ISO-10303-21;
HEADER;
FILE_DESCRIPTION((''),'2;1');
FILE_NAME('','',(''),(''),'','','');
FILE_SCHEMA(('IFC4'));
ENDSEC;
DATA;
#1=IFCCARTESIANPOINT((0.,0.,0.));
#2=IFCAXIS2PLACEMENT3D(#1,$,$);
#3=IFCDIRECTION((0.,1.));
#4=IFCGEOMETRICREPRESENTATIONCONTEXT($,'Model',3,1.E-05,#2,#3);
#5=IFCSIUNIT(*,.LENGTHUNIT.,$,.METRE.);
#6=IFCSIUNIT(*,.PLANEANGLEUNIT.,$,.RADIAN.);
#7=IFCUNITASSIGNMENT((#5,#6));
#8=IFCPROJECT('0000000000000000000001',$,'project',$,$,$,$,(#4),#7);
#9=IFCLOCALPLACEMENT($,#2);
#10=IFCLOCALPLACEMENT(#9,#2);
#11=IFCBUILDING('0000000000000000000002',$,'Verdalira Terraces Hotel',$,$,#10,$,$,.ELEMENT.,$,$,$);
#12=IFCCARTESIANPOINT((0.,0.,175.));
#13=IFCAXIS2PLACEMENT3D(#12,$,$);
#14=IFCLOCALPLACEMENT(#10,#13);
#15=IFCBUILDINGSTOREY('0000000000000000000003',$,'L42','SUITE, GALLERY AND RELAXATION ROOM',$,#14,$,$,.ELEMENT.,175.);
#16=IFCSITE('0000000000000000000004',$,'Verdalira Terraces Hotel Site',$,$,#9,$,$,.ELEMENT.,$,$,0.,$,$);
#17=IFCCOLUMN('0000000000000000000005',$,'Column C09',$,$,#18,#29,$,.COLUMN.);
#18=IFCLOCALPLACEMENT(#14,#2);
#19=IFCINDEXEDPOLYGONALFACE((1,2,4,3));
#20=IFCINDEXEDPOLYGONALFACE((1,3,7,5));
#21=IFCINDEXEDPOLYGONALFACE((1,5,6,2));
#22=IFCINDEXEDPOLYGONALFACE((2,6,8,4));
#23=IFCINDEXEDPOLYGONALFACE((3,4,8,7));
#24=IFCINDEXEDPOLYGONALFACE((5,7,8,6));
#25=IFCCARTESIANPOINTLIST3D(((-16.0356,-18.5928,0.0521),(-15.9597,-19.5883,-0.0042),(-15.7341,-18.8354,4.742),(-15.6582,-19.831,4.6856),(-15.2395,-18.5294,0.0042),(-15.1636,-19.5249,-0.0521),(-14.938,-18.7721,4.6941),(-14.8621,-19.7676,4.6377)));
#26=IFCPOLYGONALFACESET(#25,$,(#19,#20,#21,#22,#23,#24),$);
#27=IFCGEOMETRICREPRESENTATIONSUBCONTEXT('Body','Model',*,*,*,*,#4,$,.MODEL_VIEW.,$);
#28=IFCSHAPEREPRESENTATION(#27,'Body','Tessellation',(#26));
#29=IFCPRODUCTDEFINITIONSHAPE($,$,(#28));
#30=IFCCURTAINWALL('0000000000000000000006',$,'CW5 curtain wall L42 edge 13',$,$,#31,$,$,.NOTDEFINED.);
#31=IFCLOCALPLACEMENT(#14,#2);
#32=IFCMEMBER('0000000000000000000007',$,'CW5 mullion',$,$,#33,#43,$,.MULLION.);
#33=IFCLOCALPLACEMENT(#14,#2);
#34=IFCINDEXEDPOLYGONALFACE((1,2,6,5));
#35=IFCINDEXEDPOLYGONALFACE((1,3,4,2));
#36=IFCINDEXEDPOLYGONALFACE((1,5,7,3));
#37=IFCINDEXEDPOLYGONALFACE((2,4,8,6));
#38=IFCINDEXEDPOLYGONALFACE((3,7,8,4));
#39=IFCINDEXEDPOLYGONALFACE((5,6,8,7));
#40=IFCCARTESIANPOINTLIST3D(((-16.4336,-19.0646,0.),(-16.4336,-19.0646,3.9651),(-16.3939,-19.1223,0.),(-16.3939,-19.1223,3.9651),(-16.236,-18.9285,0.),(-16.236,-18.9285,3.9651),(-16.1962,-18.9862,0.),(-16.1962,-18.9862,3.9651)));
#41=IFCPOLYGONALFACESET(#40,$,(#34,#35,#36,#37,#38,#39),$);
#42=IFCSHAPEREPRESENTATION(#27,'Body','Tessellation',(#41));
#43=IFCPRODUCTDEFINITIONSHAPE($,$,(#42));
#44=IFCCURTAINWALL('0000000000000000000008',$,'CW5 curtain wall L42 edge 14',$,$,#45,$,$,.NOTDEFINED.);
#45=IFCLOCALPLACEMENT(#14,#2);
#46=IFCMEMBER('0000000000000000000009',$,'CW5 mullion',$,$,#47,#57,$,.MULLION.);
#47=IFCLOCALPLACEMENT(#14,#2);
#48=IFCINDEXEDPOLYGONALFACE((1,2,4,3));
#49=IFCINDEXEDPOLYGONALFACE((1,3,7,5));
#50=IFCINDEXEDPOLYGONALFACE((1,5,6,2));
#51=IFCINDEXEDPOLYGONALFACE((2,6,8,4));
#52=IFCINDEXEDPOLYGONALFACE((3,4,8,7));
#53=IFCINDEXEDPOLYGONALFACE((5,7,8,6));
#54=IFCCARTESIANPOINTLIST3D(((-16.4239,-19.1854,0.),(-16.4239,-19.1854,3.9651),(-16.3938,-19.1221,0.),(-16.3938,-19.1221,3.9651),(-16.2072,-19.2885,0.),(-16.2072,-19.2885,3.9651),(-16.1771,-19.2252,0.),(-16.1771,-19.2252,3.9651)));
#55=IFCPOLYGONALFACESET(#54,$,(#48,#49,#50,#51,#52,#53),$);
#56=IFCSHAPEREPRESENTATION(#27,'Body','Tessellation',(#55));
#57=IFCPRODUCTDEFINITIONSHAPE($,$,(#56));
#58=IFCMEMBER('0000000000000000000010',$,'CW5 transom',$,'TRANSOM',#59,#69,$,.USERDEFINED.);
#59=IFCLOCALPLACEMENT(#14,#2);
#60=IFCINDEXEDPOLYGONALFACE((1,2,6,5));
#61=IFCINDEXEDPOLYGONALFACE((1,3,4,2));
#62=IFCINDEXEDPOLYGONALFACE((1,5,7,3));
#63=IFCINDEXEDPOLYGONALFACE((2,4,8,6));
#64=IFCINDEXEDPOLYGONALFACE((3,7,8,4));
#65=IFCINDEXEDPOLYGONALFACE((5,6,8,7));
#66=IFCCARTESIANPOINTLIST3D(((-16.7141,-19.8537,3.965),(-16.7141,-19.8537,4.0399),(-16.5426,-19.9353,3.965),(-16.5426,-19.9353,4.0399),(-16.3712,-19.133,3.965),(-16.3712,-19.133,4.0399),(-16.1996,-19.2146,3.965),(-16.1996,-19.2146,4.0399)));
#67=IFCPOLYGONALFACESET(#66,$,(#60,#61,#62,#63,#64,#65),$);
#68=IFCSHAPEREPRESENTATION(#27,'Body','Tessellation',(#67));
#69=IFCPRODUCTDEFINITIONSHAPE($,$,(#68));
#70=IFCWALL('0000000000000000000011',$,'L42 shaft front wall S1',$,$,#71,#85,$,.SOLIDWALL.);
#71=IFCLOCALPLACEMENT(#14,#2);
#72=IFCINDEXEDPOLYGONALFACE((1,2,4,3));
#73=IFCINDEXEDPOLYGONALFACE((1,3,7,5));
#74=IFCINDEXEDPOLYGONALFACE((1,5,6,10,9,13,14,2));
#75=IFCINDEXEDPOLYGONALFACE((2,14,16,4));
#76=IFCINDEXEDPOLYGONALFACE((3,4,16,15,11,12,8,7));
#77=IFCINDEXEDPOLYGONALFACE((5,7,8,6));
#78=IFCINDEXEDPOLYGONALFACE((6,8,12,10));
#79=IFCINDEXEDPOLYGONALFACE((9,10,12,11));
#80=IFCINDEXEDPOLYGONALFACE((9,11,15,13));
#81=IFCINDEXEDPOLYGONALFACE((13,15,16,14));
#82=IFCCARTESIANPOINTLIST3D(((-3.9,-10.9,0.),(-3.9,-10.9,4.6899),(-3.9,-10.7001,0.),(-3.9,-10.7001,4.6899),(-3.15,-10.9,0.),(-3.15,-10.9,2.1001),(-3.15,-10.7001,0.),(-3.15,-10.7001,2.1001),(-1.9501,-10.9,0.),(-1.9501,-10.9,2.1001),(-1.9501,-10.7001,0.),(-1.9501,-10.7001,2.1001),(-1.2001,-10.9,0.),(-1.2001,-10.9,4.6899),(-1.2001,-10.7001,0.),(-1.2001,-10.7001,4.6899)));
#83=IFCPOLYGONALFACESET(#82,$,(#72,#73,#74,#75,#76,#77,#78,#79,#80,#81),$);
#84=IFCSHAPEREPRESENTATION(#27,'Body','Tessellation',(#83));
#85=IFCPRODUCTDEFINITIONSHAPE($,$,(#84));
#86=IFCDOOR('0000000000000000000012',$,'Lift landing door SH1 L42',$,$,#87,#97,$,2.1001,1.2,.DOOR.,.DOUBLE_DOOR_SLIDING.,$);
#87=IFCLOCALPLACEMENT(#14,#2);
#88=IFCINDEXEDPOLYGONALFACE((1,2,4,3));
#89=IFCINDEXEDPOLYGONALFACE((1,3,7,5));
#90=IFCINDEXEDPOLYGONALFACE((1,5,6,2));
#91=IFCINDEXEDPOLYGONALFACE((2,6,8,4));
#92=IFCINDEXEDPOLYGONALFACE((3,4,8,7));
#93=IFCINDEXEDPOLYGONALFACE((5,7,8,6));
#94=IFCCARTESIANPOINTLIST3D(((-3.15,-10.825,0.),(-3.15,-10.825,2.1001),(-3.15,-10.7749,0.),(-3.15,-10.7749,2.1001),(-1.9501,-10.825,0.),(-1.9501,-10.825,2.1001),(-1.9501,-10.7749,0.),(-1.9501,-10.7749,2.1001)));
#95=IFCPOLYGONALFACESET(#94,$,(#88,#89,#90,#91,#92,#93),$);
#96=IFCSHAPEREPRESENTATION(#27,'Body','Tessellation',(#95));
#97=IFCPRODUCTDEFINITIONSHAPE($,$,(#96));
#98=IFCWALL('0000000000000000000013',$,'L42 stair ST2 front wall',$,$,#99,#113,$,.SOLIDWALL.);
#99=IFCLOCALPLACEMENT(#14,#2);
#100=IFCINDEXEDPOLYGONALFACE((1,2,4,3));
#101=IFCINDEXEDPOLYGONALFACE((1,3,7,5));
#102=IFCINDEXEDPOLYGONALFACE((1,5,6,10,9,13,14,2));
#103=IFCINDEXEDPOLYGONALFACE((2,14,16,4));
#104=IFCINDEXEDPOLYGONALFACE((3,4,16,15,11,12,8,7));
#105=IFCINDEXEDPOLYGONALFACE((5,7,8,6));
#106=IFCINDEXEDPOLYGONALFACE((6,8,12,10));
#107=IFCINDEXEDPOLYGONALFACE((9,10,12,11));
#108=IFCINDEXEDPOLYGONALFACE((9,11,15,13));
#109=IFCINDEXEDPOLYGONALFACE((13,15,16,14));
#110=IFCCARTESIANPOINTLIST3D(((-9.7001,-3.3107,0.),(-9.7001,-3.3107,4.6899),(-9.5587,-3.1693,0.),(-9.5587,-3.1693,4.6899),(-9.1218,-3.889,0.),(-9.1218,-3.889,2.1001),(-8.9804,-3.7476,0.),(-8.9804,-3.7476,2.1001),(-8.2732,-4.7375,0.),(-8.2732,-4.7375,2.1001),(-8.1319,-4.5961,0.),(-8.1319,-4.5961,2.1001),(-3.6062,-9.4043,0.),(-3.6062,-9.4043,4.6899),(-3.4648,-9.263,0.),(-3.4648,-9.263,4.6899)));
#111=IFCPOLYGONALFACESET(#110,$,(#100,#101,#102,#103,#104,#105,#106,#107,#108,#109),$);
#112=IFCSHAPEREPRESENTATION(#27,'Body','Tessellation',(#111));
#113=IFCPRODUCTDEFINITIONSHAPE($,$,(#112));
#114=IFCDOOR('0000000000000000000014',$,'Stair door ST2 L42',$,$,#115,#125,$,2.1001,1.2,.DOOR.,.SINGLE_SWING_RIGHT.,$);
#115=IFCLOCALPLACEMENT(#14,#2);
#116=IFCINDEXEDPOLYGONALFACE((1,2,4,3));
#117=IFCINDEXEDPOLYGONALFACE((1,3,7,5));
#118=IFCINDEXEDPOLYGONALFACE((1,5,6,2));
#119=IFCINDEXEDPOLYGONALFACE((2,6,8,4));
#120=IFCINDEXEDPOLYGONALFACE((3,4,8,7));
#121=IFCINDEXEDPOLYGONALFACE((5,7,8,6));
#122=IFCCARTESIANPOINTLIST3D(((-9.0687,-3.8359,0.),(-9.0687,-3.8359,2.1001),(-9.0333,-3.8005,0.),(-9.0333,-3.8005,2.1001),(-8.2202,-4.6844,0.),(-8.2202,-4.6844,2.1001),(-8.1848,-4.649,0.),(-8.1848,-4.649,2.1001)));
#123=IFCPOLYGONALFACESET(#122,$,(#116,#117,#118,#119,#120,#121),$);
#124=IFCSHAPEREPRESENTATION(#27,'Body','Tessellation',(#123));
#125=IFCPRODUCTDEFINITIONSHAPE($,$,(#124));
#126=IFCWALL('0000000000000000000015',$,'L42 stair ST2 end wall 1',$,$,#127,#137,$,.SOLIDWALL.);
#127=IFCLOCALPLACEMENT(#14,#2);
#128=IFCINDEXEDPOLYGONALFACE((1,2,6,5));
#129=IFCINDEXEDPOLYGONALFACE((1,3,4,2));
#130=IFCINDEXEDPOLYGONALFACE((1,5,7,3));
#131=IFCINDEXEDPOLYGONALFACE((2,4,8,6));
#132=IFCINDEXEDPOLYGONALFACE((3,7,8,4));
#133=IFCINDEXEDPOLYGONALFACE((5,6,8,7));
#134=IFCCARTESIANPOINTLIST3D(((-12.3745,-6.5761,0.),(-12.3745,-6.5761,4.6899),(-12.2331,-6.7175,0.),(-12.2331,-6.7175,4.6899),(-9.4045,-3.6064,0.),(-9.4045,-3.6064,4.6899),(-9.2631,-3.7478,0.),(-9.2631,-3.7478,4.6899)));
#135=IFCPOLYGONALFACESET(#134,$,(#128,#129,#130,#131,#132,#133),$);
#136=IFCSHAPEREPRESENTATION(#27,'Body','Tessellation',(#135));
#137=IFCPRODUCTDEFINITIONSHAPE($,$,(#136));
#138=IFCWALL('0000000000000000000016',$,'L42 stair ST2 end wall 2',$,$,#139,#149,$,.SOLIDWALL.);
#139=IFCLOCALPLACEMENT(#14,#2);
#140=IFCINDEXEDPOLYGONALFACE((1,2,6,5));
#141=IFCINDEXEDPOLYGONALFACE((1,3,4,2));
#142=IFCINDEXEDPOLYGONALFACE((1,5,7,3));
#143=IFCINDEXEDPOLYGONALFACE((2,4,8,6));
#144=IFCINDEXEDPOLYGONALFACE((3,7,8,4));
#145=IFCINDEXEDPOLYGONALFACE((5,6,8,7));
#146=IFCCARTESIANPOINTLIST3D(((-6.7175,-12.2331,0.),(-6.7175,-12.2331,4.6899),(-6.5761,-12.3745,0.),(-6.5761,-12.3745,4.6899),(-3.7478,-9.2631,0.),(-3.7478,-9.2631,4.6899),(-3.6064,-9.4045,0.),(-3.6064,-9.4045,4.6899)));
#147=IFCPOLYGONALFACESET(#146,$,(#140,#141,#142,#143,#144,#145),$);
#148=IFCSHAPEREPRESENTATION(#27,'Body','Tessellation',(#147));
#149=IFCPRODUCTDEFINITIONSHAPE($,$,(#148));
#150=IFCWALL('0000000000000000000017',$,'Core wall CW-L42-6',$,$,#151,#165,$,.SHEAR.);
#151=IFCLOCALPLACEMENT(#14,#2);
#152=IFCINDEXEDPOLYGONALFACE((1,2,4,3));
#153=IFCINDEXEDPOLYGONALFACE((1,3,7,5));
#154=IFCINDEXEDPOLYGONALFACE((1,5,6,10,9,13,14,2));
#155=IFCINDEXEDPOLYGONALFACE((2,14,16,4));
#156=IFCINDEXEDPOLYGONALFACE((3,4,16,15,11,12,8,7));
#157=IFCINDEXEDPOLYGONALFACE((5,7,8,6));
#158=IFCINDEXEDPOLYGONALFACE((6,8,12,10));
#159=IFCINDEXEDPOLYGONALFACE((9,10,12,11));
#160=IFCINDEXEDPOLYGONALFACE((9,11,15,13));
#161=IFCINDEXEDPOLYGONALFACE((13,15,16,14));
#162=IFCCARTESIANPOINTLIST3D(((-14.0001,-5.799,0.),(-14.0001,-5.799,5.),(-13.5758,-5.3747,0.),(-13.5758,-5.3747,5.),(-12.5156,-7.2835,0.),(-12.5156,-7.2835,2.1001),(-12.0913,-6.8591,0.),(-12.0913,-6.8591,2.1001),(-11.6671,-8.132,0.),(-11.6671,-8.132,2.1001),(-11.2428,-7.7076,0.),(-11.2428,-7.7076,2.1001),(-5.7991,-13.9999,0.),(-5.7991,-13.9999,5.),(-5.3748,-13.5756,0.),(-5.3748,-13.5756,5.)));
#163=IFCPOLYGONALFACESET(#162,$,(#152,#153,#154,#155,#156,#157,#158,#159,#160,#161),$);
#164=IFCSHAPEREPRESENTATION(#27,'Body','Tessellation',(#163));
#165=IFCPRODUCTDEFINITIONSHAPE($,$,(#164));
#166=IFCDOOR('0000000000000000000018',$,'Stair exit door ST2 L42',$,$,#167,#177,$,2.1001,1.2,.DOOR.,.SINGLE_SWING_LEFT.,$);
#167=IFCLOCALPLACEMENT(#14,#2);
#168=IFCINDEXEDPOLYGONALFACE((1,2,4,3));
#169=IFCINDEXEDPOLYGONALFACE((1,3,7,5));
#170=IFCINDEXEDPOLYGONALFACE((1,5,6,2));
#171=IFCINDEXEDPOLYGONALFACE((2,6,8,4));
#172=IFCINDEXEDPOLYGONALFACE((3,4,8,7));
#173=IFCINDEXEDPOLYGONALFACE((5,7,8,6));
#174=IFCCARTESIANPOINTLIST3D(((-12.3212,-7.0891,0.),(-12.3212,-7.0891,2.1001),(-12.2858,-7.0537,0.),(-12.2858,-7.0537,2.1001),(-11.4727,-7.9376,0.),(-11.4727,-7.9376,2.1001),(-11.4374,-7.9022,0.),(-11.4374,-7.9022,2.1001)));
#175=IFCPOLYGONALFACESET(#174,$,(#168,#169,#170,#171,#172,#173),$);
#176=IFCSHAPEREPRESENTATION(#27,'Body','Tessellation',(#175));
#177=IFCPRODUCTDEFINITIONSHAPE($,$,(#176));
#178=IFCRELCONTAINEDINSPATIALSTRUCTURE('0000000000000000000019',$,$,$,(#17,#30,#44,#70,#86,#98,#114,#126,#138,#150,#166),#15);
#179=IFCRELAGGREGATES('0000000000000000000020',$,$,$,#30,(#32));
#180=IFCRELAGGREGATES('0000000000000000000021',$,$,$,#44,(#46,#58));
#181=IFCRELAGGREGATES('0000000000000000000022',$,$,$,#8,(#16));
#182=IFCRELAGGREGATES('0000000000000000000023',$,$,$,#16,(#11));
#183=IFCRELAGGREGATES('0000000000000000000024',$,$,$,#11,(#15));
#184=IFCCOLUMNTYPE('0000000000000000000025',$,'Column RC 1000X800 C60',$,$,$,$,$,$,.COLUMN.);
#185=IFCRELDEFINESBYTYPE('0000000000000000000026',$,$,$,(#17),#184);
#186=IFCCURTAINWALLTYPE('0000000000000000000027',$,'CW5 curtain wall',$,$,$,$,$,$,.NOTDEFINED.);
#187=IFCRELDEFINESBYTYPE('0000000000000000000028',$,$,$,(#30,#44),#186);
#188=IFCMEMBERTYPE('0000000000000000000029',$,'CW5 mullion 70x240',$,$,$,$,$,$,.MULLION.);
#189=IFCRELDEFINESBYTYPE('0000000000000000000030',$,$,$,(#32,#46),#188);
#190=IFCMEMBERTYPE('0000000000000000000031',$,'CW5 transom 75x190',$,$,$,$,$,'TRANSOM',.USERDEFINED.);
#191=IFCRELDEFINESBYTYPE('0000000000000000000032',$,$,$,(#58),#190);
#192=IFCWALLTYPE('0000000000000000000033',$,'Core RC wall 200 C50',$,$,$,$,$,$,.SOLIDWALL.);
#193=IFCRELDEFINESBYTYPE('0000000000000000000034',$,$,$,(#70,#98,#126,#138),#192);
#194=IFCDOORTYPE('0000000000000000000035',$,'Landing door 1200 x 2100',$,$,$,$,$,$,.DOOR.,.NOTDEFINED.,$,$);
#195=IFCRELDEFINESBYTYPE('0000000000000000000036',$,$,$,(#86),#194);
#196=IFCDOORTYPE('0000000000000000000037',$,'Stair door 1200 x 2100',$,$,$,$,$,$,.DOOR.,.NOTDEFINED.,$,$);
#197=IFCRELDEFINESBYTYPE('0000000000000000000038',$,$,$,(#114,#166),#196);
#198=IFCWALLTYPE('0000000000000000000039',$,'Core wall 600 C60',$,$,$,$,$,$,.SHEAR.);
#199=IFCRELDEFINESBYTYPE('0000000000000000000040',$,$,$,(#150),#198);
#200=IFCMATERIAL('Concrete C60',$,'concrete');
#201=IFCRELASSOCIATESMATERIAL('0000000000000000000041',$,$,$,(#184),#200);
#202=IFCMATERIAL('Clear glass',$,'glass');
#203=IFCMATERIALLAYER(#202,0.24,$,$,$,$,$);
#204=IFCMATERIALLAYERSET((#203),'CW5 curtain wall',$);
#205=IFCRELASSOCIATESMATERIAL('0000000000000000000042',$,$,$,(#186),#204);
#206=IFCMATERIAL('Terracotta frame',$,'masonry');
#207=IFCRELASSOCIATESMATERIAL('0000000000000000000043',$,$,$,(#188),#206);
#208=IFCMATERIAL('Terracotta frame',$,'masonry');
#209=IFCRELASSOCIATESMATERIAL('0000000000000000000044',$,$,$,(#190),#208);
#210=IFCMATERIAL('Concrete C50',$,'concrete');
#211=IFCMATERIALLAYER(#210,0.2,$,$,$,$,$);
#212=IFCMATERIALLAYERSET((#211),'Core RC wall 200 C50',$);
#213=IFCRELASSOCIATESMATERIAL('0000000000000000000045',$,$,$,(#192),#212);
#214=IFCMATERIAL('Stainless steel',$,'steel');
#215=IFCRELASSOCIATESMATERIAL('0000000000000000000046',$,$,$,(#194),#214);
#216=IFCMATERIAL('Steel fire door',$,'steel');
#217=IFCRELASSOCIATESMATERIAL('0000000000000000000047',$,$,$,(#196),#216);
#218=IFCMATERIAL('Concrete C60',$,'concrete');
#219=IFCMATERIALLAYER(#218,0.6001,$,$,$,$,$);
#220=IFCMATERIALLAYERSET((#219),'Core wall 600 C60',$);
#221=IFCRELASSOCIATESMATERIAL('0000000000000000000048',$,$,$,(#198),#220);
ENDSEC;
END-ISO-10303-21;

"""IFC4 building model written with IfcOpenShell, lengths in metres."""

from ifc_helpers import new_model, si_unit, direction, frame, frame_2d, origin, origin_2d, place, context, subcontext, project, spatial, rectangle, extrude, material, layer, layer_set, material_profile, profile_set, type_object, element, fill, aggregate, save


model = new_model("IFC4")

# Units and contexts
model_context = context("Model", 3, precision=1e-05, world=origin(), true_north=direction((0.0, 1.0)))
body_context = subcontext(model_context, "Body", "Model", "MODEL_VIEW")
ifc_project = project(units=[si_unit("LENGTHUNIT", "METRE"), si_unit("PLANEANGLEUNIT", "RADIAN")], contexts=[model_context])

# Site, building, storey
site_placement = place(None, origin())
site = spatial("IfcSite", under=ifc_project, at=site_placement, Name="Verdalira Terraces Hotel Site", CompositionType="ELEMENT", RefElevation=0.0)
building_placement = place(site_placement, origin())
building = spatial("IfcBuilding", under=site, at=building_placement, Name="Verdalira Terraces Hotel", CompositionType="ELEMENT")
storey_placement = place(building_placement, frame((0.0, 0.0, 175.0)))
storey = spatial("IfcBuildingStorey", under=building, at=storey_placement, Name="L42", Description="SUITE, GALLERY AND RELAXATION ROOM", CompositionType="ELEMENT", Elevation=175.0)

# Column
ifc_material_1 = material(Name="Concrete C60", Category="concrete")
ifc_material_profile_1 = material_profile(ifc_material_1, rectangle(XDim=1.0, YDim=0.8, at=origin_2d()), Name="RC 1000X800")
ifc_profile_set_1 = profile_set([ifc_material_profile_1], Name="Concrete C60")
column_type = type_object("IfcColumnType", Name="Column RC 1000X800 C60", PredefinedType="COLUMN", material=ifc_profile_set_1)
column_placement = place(storey_placement, frame((-15.5996, -19.0588, 0.0), z_axis=(0.064072, -0.051569, 0.996612), x_axis=(-0.07585, 0.995524, 0.056389)))
element("IfcColumn", 1, at=column_placement, inside=storey, type_object=column_type, Name="Column C09", PredefinedType="COLUMN", context=body_context, shape_type="SweptSolid", body=[
    extrude(rectangle(XDim=1.0, YDim=0.8, at=origin_2d()), origin(), (0.0, 0.0, 1.0), 4.7058),
])

# Curtain wall, member
ifc_material_2 = material(Name="Clear glass", Category="glass")
ifc_layer_1 = layer(ifc_material_2, 0.24)
ifc_layer_set_1 = layer_set([ifc_layer_1], Name="CW5 curtain wall")
curtain_wall_type = type_object("IfcCurtainWallType", Name="CW5 curtain wall", PredefinedType="NOTDEFINED", material=ifc_layer_set_1)
curtain_wall_1_placement = place(storey_placement, origin())
curtain_wall_1 = element("IfcCurtainWall", 2, at=curtain_wall_1_placement, inside=storey, type_object=curtain_wall_type, Name="CW5 curtain wall L42 edge 13", PredefinedType="NOTDEFINED")
ifc_material_3 = material(Name="Terracotta frame", Category="masonry")
ifc_material_profile_2 = material_profile(ifc_material_3, rectangle(XDim=0.0701, YDim=0.24, at=origin_2d()), Name="MU 70x240")
ifc_profile_set_2 = profile_set([ifc_material_profile_2], Name="Terracotta frame")
member_type_1 = type_object("IfcMemberType", Name="CW5 mullion 70x240", PredefinedType="MULLION", material=ifc_profile_set_2)
member_1_placement = place(storey_placement, frame((-16.3149, -19.0254, 0.0), z_axis=(0.0, 0.0, 1.0), x_axis=(0.567269, -0.823533, 0.0)))
member_1 = element("IfcMember", 3, at=member_1_placement, type_object=member_type_1, Name="CW5 mullion", PredefinedType="MULLION", context=body_context, shape_type="SweptSolid", body=[
    extrude(rectangle(XDim=0.0701, YDim=0.24, at=origin_2d()), origin(), (0.0, 0.0, 1.0), 3.9651),
])
aggregate(curtain_wall_1, [member_1])

# Curtain wall, members
curtain_wall_2_placement = place(storey_placement, origin())
curtain_wall_2 = element("IfcCurtainWall", 4, at=curtain_wall_2_placement, inside=storey, type_object=curtain_wall_type, Name="CW5 curtain wall L42 edge 14", PredefinedType="NOTDEFINED")
member_2_placement = place(storey_placement, frame((-16.3005, -19.2053, 0.0), z_axis=(0.0, 0.0, 1.0), x_axis=(-0.429566, -0.903036, 0.0)))
member_2 = element("IfcMember", 5, at=member_2_placement, type_object=member_type_1, Name="CW5 mullion", PredefinedType="MULLION", context=body_context, shape_type="SweptSolid", body=[
    extrude(rectangle(XDim=0.0701, YDim=0.24, at=origin_2d()), origin(), (0.0, 0.0, 1.0), 3.9651),
])
ifc_material_4 = material(Name="Terracotta frame", Category="masonry")
ifc_material_profile_3 = material_profile(ifc_material_4, rectangle(XDim=0.1899, YDim=0.075, at=origin_2d()), Name="TR 75x190")
ifc_profile_set_3 = profile_set([ifc_material_profile_3], Name="Terracotta frame")
member_type_2 = type_object("IfcMemberType", Name="CW5 transom 75x190", ElementType="TRANSOM", PredefinedType="USERDEFINED", material=ifc_profile_set_3)
member_3_placement = place(storey_placement, frame((-16.2854, -19.1738, 4.0024), z_axis=(-0.429755, -0.902945, 0.0), x_axis=(0.902945, -0.429755, 0.0)))
member_3 = element("IfcMember", 6, at=member_3_placement, type_object=member_type_2, Name="CW5 transom", ObjectType="TRANSOM", PredefinedType="USERDEFINED", context=body_context, shape_type="SweptSolid", body=[
    extrude(rectangle(XDim=0.1899, YDim=0.075, at=origin_2d()), origin(), (0.0, 0.0, 1.0), 0.7981),
])
aggregate(curtain_wall_2, [member_2, member_3])

# Walls, openings, doors
ifc_material_5 = material(Name="Concrete C50", Category="concrete")
ifc_layer_2 = layer(ifc_material_5, 0.2)
ifc_layer_set_2 = layer_set([ifc_layer_2], Name="Core RC wall 200 C50")
wall_type_1 = type_object("IfcWallType", Name="Core RC wall 200 C50", PredefinedType="SOLIDWALL", material=ifc_layer_set_2)
wall_1_placement = place(storey_placement, frame((-1.2, -10.8, 0.0), z_axis=(0.0, 0.0, 1.0), x_axis=(-1.0, 0.0, 0.0)))
wall_1 = element("IfcWall", 7, at=wall_1_placement, inside=storey, type_object=wall_type_1, Name="L42 shaft front wall S1", PredefinedType="SOLIDWALL", context=body_context, shape_type="SweptSolid", body=[
    extrude(rectangle(XDim=2.7, YDim=0.2, at=frame_2d((1.3501, 0.0))), origin(), (0.0, 0.0, 1.0), 4.6899),
])
opening_1_placement = place(wall_1_placement, frame((0.75, 0.0, 0.0)))
opening_1 = element("IfcOpeningElement", 8, at=opening_1_placement, cuts=wall_1, PredefinedType="OPENING", context=body_context, shape_type="SweptSolid", body=[
    extrude(rectangle(XDim=1.2, YDim=2.1001, at=frame_2d((0.6001, 1.05))), frame((0.0, 0.1099, 0.0), z_axis=(0.0, -1.0, 0.0), x_axis=(1.0, 0.0, 0.0)), (0.0, 0.0, 1.0), 0.22),
])
ifc_material_6 = material(Name="Stainless steel", Category="steel")
door_type_1 = type_object("IfcDoorType", Name="Landing door 1200 x 2100", OperationType="NOTDEFINED", PredefinedType="DOOR", material=ifc_material_6)
door_1_placement = place(opening_1_placement, origin())
door_1 = element("IfcDoor", 9, at=door_1_placement, inside=storey, type_object=door_type_1, Name="Lift landing door SH1 L42", OperationType="DOUBLE_DOOR_SLIDING", OverallHeight=2.1001, OverallWidth=1.2, PredefinedType="DOOR", context=body_context, shape_type="SweptSolid", body=[
    extrude(rectangle(XDim=1.2, YDim=2.1001, at=frame_2d((0.6001, 1.05))), frame((0.0, 0.0249, 0.0), z_axis=(0.0, -1.0, 0.0), x_axis=(1.0, 0.0, 0.0)), (0.0, 0.0, 1.0), 0.05),
])
fill(opening_1, door_1)
wall_2_placement = place(storey_placement, frame((-3.5354, -9.3337, 0.0), z_axis=(0.0, 0.0, 1.0), x_axis=(-0.707121, 0.707093, 0.0)))
wall_2 = element("IfcWall", 10, at=wall_2_placement, inside=storey, type_object=wall_type_1, Name="L42 stair ST2 front wall", PredefinedType="SOLIDWALL", context=body_context, shape_type="SweptSolid", body=[
    extrude(rectangle(XDim=8.6179, YDim=0.2, at=frame_2d((4.3091, 0.0))), origin(), (0.0, 0.0, 1.0), 4.6899),
])
opening_2_placement = place(wall_2_placement, frame((6.6001, 0.0, 0.0)))
opening_2 = element("IfcOpeningElement", 11, at=opening_2_placement, cuts=wall_2, PredefinedType="OPENING", context=body_context, shape_type="SweptSolid", body=[
    extrude(rectangle(XDim=1.2, YDim=2.1001, at=frame_2d((0.6001, 1.05))), frame((0.0, 0.1099, 0.0), z_axis=(0.0, -1.0, 0.0), x_axis=(1.0, 0.0, 0.0)), (0.0, 0.0, 1.0), 0.22),
])
ifc_material_7 = material(Name="Steel fire door", Category="steel")
door_type_2 = type_object("IfcDoorType", Name="Stair door 1200 x 2100", OperationType="NOTDEFINED", PredefinedType="DOOR", material=ifc_material_7)
door_2_placement = place(opening_2_placement, origin())
door_2 = element("IfcDoor", 12, at=door_2_placement, inside=storey, type_object=door_type_2, Name="Stair door ST2 L42", OperationType="SINGLE_SWING_RIGHT", OverallHeight=2.1001, OverallWidth=1.2, PredefinedType="DOOR", context=body_context, shape_type="SweptSolid", body=[
    extrude(rectangle(XDim=1.2, YDim=2.1001, at=frame_2d((0.6001, 1.05))), frame((0.0, 0.0249, 0.0), z_axis=(0.0, -1.0, 0.0), x_axis=(1.0, 0.0, 0.0)), (0.0, 0.0, 1.0), 0.05),
])
fill(opening_2, door_2)

# Walls
for number, where, z_axis, x_axis, name in (
    (13, (-9.3337, -3.677, 0.0), (0.0, 0.0, 1.0), (-0.707136, -0.707078, 0.0), "L42 stair ST2 end wall 1"),
    (14, (-3.677, -9.3337, 0.0), (0.0, 0.0, 1.0), (-0.707078, -0.707136, 0.0), "L42 stair ST2 end wall 2"),
):
    element("IfcWall", number, at=place(storey_placement, frame(where, z_axis=z_axis, x_axis=x_axis)), inside=storey, type_object=wall_type_1, Name=name, PredefinedType="SOLIDWALL", context=body_context, shape_type="SweptSolid", body=[
        extrude(rectangle(XDim=4.2, YDim=0.2, at=frame_2d((2.1001, 0.0))), origin(), (0.0, 0.0, 1.0), 4.6899),
    ])

# Wall, opening, door
ifc_material_8 = material(Name="Concrete C60", Category="concrete")
ifc_layer_3 = layer(ifc_material_8, 0.6001)
ifc_layer_set_3 = layer_set([ifc_layer_3], Name="Core wall 600 C60")
wall_type_2 = type_object("IfcWallType", Name="Core wall 600 C60", PredefinedType="SHEAR", material=ifc_layer_set_3)
wall_3_placement = place(storey_placement, frame((-13.7878, -5.5869, 0.0), z_axis=(0.0, 0.0, 1.0), x_axis=(0.707107, -0.707107, 0.0)))
wall_3 = element("IfcWall", 15, at=wall_3_placement, inside=storey, type_object=wall_type_2, Name="Core wall CW-L42-6", PredefinedType="SHEAR", context=body_context, shape_type="SweptSolid", body=[
    extrude(rectangle(XDim=11.5979, YDim=0.6001, at=frame_2d((5.7988, 0.0))), origin(), (0.0, 0.0, 1.0), 5.0),
])
opening_3_placement = place(wall_3_placement, frame((2.0991, 0.0, 0.0)))
opening_3 = element("IfcOpeningElement", 16, at=opening_3_placement, cuts=wall_3, PredefinedType="OPENING", context=body_context, shape_type="SweptSolid", body=[
    extrude(rectangle(XDim=1.2, YDim=2.1001, at=frame_2d((0.6001, 1.05))), frame((0.0, 0.3101, 0.0), z_axis=(0.0, -1.0, 0.0), x_axis=(1.0, 0.0, 0.0)), (0.0, 0.0, 1.0), 0.6201),
])
door_3_placement = place(opening_3_placement, origin())
door_3 = element("IfcDoor", 17, at=door_3_placement, inside=storey, type_object=door_type_2, Name="Stair exit door ST2 L42", OperationType="SINGLE_SWING_LEFT", OverallHeight=2.1001, OverallWidth=1.2, PredefinedType="DOOR", context=body_context, shape_type="SweptSolid", body=[
    extrude(rectangle(XDim=1.2, YDim=2.1001, at=frame_2d((0.6001, 1.05))), frame((0.0, 0.0249, 0.0), z_axis=(0.0, -1.0, 0.0), x_axis=(1.0, 0.0, 0.0)), (0.0, 0.0, 1.0), 0.05),
])
fill(opening_3, door_3)

save(model, "model.ifc")
